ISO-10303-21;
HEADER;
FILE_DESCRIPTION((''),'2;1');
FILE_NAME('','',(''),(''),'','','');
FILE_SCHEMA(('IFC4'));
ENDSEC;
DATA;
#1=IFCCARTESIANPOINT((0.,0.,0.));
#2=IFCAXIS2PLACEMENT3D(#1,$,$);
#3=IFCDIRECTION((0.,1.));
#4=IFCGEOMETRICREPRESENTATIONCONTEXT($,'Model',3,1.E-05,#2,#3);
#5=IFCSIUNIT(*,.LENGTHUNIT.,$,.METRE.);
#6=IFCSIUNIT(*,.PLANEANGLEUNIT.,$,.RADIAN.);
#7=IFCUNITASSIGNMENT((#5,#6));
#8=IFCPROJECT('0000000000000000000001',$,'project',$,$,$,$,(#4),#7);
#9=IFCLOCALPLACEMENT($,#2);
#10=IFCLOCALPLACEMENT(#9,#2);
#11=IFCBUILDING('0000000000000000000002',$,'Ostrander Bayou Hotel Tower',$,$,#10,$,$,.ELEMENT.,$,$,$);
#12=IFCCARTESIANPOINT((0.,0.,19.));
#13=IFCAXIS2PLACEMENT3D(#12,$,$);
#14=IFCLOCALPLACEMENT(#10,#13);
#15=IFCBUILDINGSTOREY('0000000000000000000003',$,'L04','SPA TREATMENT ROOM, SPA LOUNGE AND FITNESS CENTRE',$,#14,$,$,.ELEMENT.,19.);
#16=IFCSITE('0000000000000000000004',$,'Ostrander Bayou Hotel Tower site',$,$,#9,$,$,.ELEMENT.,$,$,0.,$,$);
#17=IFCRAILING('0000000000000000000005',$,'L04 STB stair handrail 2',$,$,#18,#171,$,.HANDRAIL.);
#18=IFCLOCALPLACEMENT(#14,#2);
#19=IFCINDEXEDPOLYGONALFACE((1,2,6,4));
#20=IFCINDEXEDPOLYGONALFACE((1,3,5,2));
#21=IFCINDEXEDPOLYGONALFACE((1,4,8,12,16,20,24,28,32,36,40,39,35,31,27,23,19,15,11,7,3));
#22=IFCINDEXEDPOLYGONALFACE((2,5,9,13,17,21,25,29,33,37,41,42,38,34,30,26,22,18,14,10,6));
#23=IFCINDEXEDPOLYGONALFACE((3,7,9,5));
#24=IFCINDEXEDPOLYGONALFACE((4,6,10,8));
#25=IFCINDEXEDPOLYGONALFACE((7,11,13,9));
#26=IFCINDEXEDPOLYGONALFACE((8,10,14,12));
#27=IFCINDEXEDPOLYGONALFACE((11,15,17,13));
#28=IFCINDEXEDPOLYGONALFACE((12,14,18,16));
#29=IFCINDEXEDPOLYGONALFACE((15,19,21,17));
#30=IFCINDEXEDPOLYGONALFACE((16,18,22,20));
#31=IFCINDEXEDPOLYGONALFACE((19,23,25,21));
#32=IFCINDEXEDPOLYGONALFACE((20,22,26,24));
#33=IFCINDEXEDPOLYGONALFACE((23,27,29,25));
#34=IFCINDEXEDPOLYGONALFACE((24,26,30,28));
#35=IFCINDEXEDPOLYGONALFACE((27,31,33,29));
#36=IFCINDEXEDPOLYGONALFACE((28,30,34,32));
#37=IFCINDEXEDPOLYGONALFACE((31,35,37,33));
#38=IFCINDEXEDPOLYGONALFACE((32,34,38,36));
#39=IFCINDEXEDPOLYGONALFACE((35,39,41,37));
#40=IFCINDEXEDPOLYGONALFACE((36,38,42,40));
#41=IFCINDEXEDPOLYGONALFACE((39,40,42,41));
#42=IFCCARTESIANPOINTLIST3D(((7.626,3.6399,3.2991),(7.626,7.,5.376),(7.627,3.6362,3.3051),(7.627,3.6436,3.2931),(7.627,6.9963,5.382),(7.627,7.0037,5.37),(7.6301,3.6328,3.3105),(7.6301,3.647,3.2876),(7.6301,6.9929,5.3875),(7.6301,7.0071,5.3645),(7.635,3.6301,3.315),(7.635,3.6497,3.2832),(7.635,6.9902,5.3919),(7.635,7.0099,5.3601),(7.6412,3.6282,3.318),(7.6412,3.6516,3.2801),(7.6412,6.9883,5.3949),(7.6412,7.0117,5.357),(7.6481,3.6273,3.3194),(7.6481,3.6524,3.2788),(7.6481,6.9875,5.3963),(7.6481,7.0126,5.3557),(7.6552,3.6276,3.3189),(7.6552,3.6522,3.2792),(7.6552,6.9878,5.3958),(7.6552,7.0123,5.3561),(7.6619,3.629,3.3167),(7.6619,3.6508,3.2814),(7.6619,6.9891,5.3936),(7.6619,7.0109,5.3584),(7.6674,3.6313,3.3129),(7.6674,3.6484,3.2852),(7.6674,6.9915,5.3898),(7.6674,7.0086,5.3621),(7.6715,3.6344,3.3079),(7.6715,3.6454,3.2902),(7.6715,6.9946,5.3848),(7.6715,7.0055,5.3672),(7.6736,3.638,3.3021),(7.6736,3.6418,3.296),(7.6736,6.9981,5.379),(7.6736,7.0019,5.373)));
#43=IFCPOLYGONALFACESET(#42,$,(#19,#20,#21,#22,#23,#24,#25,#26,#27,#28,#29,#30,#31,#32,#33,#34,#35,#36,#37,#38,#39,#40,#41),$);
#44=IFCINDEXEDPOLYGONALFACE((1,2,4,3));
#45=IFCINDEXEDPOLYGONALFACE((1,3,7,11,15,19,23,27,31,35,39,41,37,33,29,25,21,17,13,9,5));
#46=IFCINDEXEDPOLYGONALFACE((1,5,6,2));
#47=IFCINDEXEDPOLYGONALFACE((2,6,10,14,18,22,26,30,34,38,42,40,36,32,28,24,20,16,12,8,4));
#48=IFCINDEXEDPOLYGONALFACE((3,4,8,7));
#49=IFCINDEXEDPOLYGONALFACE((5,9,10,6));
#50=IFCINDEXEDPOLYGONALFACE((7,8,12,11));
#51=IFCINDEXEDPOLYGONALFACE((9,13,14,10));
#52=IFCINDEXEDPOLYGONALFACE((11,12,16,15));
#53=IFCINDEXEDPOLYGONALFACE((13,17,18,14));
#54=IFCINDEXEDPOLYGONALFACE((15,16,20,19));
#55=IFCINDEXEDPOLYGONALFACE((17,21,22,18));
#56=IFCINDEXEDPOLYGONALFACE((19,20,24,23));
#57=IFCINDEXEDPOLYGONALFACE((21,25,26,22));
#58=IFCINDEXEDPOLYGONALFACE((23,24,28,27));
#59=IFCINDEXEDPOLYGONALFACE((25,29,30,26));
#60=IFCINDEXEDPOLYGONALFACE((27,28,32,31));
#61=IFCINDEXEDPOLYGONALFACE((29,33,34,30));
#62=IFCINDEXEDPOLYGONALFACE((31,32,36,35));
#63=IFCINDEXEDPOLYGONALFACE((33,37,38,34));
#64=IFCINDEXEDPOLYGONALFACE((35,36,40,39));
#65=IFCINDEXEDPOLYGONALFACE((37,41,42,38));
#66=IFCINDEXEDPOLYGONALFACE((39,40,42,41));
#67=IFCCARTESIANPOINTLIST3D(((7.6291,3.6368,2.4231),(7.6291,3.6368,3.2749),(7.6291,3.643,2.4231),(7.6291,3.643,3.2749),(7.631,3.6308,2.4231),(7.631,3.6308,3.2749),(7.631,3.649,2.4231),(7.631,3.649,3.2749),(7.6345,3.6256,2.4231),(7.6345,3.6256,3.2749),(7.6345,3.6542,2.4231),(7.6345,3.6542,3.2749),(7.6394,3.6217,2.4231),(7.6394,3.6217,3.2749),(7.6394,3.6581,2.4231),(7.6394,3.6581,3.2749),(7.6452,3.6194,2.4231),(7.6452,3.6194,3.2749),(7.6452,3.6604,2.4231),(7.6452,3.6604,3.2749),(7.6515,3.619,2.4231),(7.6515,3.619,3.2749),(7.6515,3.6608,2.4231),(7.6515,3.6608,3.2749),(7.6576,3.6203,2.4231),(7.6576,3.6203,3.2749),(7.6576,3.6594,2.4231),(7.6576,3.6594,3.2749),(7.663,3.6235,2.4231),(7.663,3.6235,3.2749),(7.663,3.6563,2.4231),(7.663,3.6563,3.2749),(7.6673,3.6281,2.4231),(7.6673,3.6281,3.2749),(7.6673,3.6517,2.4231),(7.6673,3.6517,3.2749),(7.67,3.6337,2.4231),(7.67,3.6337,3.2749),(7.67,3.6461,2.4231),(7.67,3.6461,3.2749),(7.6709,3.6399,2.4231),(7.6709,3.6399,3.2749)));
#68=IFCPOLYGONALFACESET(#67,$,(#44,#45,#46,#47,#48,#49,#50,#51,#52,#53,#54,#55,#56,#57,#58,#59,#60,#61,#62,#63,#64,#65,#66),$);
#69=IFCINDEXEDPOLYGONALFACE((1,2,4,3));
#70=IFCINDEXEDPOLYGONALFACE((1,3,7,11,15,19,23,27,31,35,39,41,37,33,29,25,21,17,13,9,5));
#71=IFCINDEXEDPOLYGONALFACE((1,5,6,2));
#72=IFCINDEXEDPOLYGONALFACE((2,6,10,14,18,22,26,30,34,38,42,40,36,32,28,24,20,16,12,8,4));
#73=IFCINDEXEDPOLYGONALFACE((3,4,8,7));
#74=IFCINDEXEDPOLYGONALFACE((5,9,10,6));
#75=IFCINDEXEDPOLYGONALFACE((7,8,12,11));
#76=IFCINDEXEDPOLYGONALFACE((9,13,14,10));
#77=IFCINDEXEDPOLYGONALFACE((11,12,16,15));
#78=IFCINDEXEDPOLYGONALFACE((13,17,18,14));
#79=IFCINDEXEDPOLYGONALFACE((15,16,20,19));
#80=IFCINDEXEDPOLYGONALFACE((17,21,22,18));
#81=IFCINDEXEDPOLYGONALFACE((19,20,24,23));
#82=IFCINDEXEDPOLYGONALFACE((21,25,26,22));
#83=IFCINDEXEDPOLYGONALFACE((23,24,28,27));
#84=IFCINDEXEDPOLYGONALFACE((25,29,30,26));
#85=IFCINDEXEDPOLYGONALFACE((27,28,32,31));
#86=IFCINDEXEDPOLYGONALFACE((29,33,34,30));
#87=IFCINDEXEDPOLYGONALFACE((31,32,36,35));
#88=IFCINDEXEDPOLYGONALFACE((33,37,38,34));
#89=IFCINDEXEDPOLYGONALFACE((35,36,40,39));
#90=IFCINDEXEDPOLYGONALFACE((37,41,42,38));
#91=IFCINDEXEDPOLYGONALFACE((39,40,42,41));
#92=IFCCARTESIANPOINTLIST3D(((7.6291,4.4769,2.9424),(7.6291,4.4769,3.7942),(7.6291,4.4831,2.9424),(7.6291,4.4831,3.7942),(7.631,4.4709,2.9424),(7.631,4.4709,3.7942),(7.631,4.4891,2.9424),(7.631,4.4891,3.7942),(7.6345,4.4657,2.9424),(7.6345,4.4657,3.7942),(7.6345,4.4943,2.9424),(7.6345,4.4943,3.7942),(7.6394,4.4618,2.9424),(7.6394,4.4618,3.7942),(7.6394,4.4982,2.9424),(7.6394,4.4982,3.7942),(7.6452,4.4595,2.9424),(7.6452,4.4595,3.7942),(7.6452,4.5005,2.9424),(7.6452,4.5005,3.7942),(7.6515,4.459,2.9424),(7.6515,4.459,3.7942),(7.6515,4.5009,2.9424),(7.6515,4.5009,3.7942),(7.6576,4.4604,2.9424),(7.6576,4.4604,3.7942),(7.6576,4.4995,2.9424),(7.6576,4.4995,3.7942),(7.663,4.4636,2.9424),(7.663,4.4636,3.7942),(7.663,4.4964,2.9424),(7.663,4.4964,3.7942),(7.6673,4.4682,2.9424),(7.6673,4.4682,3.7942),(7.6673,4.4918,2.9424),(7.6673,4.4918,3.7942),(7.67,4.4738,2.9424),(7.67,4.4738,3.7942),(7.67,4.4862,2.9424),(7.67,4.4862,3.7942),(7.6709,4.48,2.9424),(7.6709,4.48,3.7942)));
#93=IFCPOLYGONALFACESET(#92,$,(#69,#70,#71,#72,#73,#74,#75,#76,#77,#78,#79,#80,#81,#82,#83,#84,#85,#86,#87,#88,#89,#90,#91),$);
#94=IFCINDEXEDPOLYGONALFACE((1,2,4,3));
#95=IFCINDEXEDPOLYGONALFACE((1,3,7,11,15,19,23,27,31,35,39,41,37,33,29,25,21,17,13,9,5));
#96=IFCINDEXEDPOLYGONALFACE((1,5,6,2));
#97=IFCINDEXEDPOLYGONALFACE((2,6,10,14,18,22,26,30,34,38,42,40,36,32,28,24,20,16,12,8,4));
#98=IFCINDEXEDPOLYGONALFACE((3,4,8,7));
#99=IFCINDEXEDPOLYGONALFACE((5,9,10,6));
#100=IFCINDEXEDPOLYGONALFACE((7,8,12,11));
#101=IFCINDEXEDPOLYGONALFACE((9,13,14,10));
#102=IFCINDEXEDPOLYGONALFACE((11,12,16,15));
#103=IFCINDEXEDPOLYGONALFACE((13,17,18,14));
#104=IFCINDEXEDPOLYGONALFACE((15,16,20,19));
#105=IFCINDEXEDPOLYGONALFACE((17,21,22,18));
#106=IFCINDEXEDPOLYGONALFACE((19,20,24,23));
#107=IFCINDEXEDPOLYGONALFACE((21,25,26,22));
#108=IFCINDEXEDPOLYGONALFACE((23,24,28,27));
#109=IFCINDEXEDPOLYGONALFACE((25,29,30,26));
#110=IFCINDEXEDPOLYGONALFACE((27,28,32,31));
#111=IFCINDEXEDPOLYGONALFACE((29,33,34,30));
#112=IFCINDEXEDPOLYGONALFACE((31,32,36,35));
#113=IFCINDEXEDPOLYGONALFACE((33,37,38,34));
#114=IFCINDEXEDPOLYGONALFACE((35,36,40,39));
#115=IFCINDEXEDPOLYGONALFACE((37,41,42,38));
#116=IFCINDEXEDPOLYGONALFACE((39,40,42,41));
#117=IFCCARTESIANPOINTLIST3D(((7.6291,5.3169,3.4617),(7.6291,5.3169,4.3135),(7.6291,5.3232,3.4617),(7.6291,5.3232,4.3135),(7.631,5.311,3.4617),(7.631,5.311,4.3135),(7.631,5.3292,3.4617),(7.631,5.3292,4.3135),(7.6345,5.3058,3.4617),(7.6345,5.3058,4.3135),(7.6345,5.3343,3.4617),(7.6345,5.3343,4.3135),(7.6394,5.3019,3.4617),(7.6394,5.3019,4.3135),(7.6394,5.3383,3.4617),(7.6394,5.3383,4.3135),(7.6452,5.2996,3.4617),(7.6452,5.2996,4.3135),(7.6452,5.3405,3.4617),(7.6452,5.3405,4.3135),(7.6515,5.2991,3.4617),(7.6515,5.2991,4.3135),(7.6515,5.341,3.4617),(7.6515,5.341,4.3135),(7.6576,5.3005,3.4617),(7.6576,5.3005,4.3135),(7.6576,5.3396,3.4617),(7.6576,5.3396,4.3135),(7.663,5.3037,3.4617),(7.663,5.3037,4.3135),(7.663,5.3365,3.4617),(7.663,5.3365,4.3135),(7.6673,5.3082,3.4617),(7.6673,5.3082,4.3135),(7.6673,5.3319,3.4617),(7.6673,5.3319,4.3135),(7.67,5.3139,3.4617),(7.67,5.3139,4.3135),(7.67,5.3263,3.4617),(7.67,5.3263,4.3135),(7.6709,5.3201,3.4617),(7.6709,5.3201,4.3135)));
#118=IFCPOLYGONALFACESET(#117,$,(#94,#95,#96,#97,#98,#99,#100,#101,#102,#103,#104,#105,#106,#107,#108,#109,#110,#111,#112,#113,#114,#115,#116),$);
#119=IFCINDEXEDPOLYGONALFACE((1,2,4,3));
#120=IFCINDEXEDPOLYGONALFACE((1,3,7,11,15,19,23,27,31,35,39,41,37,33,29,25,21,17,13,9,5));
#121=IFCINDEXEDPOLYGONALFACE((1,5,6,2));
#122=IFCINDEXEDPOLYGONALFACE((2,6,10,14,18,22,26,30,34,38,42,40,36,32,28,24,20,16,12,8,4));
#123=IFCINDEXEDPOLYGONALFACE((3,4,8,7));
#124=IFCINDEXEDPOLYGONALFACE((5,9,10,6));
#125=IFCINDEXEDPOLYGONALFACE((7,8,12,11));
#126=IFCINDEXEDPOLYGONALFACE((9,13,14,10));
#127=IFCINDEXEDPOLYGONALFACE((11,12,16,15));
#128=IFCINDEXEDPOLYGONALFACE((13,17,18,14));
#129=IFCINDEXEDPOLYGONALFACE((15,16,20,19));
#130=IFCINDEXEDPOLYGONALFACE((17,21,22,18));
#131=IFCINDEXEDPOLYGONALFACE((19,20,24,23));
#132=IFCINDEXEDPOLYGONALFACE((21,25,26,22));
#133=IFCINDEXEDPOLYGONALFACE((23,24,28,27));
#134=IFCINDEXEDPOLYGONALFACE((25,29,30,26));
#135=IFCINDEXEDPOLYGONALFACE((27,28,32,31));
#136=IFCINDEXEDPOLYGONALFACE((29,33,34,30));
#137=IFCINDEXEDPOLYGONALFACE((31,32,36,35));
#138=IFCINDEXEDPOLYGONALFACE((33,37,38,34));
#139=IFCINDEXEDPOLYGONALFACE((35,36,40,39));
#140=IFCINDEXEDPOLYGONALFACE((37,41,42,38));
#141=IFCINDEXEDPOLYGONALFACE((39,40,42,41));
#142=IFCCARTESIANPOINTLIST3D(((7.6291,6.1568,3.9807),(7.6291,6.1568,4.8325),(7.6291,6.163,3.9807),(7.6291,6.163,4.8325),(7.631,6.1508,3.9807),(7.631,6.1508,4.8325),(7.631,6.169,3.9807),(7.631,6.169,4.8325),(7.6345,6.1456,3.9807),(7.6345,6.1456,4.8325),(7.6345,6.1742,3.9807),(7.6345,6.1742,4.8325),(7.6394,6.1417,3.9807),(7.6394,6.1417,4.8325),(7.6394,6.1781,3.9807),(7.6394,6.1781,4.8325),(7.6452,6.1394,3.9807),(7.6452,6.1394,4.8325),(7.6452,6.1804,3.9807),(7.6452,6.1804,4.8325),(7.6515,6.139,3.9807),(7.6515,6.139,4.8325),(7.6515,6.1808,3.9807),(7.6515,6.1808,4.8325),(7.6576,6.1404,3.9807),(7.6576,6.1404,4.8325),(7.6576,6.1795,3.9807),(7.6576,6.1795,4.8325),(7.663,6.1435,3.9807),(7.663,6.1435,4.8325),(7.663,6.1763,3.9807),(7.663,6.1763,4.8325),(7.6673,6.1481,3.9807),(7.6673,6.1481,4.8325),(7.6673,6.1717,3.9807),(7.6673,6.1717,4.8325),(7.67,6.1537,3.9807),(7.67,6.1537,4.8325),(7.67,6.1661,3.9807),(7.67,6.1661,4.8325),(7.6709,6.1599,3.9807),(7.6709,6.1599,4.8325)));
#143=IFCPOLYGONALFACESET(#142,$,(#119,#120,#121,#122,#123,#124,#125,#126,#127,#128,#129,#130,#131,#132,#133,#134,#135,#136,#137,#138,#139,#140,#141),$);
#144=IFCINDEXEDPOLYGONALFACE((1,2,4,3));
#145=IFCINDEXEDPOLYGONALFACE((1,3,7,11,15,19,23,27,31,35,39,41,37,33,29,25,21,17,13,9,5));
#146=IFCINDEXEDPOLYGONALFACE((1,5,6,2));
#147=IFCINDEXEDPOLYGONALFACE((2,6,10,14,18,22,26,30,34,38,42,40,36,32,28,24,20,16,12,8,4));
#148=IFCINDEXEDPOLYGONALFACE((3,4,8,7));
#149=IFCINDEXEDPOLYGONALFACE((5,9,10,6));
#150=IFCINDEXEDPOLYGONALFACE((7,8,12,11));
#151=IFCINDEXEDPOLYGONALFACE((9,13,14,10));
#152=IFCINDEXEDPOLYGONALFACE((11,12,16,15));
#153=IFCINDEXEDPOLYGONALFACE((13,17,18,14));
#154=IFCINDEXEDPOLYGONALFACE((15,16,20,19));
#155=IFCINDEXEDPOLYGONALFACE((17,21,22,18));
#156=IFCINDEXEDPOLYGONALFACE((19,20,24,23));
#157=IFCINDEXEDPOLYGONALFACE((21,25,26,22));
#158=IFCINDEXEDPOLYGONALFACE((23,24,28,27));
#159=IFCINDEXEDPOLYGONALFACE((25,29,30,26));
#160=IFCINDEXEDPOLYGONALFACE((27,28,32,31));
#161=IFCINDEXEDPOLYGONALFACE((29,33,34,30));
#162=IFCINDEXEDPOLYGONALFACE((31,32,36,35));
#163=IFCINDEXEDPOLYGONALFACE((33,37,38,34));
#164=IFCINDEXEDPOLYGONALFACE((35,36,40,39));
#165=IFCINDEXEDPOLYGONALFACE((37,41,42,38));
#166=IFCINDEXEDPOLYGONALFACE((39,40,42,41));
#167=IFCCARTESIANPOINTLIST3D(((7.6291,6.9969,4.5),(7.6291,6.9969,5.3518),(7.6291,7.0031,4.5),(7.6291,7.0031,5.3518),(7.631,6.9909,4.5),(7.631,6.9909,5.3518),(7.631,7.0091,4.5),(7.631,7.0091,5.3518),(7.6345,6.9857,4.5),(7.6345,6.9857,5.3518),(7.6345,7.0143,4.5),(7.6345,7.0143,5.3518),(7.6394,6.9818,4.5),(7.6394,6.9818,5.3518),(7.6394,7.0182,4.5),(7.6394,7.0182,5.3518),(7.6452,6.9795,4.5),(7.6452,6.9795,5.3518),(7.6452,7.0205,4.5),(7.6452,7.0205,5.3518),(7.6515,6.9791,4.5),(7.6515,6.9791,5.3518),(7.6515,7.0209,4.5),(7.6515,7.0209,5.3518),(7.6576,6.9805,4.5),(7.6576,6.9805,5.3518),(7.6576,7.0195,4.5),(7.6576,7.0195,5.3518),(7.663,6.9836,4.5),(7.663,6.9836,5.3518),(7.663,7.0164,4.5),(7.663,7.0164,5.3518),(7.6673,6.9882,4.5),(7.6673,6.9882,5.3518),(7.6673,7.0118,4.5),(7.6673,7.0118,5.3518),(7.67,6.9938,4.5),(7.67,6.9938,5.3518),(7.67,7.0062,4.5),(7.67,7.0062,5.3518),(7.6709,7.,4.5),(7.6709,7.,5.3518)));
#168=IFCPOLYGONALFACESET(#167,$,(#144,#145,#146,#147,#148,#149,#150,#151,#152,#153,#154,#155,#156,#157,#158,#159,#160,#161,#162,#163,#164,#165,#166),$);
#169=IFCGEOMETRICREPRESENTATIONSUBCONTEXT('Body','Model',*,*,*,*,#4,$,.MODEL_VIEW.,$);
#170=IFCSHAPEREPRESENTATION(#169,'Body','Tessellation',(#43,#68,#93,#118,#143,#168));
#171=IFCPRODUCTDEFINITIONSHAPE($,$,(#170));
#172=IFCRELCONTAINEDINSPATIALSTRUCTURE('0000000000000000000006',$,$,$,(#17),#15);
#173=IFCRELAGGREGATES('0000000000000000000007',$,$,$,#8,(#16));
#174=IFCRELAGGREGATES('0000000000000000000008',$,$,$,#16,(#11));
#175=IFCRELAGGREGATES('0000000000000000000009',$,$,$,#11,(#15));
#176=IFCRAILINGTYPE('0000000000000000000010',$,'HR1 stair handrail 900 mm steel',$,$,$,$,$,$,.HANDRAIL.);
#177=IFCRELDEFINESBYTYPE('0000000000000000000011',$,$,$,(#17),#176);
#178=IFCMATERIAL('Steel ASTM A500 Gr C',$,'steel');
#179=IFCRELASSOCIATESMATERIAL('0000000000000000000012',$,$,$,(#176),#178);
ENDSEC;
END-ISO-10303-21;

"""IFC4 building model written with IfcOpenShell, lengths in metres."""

from ifc_helpers import new_model, si_unit, direction, frame, origin, origin_2d, place, context, subcontext, project, spatial, circle, extrude, material, type_object, element, save


model = new_model("IFC4")

# Units and contexts
model_context = context("Model", 3, precision=1e-05, world=origin(), true_north=direction((0.0, 1.0)))
body_context = subcontext(model_context, "Body", "Model", "MODEL_VIEW")
ifc_project = project(units=[si_unit("LENGTHUNIT", "METRE"), si_unit("PLANEANGLEUNIT", "RADIAN")], contexts=[model_context])

# Site, building, storey
site_placement = place(None, origin())
site = spatial("IfcSite", under=ifc_project, at=site_placement, Name="Ostrander Bayou Hotel Tower site", CompositionType="ELEMENT", RefElevation=0.0)
building_placement = place(site_placement, origin())
building = spatial("IfcBuilding", under=site, at=building_placement, Name="Ostrander Bayou Hotel Tower", CompositionType="ELEMENT")
storey_placement = place(building_placement, frame((0.0, 0.0, 19.0)))
storey = spatial("IfcBuildingStorey", under=building, at=storey_placement, Name="L04", Description="SPA TREATMENT ROOM, SPA LOUNGE AND FITNESS CENTRE", CompositionType="ELEMENT", Elevation=19.0)

# Railing
ifc_material_1 = material(Name="Steel ASTM A500 Gr C", Category="steel")
railing_type_1 = type_object("IfcRailingType", Name="HR1 stair handrail 900 mm steel", PredefinedType="HANDRAIL", material=ifc_material_1)
railing_1_placement = place(storey_placement, frame((7.6499, 3.6399, 2.4231)))
element("IfcRailing", 1, at=railing_1_placement, inside=storey, type_object=railing_type_1, Name="L04 STB stair handrail 2", PredefinedType="HANDRAIL", context=body_context, shape_type="SweptSolid", body=[
    extrude(circle(Radius=0.0239, at=origin_2d()), frame((0.0, 0.0, 0.876), z_axis=(0.0, 0.850623, 0.525776), x_axis=(-1.0, 0.0, 0.0)), (0.0, 0.0, 1.0), 3.9502),
    extrude(circle(Radius=0.021, at=origin_2d()), origin(), (0.0, 0.0, 1.0), 0.8518),
    extrude(circle(Radius=0.021, at=origin_2d()), frame((0.0, 0.8401, 0.5193)), (0.0, 0.0, 1.0), 0.8518),
    extrude(circle(Radius=0.021, at=origin_2d()), frame((0.0, 1.6802, 1.0386)), (0.0, 0.0, 1.0), 0.8518),
    extrude(circle(Radius=0.021, at=origin_2d()), frame((0.0, 2.52, 1.5576)), (0.0, 0.0, 1.0), 0.8518),
    extrude(circle(Radius=0.021, at=origin_2d()), frame((0.0, 3.3601, 2.0769)), (0.0, 0.0, 1.0), 0.8518),
])

save(model, "model.ifc")
